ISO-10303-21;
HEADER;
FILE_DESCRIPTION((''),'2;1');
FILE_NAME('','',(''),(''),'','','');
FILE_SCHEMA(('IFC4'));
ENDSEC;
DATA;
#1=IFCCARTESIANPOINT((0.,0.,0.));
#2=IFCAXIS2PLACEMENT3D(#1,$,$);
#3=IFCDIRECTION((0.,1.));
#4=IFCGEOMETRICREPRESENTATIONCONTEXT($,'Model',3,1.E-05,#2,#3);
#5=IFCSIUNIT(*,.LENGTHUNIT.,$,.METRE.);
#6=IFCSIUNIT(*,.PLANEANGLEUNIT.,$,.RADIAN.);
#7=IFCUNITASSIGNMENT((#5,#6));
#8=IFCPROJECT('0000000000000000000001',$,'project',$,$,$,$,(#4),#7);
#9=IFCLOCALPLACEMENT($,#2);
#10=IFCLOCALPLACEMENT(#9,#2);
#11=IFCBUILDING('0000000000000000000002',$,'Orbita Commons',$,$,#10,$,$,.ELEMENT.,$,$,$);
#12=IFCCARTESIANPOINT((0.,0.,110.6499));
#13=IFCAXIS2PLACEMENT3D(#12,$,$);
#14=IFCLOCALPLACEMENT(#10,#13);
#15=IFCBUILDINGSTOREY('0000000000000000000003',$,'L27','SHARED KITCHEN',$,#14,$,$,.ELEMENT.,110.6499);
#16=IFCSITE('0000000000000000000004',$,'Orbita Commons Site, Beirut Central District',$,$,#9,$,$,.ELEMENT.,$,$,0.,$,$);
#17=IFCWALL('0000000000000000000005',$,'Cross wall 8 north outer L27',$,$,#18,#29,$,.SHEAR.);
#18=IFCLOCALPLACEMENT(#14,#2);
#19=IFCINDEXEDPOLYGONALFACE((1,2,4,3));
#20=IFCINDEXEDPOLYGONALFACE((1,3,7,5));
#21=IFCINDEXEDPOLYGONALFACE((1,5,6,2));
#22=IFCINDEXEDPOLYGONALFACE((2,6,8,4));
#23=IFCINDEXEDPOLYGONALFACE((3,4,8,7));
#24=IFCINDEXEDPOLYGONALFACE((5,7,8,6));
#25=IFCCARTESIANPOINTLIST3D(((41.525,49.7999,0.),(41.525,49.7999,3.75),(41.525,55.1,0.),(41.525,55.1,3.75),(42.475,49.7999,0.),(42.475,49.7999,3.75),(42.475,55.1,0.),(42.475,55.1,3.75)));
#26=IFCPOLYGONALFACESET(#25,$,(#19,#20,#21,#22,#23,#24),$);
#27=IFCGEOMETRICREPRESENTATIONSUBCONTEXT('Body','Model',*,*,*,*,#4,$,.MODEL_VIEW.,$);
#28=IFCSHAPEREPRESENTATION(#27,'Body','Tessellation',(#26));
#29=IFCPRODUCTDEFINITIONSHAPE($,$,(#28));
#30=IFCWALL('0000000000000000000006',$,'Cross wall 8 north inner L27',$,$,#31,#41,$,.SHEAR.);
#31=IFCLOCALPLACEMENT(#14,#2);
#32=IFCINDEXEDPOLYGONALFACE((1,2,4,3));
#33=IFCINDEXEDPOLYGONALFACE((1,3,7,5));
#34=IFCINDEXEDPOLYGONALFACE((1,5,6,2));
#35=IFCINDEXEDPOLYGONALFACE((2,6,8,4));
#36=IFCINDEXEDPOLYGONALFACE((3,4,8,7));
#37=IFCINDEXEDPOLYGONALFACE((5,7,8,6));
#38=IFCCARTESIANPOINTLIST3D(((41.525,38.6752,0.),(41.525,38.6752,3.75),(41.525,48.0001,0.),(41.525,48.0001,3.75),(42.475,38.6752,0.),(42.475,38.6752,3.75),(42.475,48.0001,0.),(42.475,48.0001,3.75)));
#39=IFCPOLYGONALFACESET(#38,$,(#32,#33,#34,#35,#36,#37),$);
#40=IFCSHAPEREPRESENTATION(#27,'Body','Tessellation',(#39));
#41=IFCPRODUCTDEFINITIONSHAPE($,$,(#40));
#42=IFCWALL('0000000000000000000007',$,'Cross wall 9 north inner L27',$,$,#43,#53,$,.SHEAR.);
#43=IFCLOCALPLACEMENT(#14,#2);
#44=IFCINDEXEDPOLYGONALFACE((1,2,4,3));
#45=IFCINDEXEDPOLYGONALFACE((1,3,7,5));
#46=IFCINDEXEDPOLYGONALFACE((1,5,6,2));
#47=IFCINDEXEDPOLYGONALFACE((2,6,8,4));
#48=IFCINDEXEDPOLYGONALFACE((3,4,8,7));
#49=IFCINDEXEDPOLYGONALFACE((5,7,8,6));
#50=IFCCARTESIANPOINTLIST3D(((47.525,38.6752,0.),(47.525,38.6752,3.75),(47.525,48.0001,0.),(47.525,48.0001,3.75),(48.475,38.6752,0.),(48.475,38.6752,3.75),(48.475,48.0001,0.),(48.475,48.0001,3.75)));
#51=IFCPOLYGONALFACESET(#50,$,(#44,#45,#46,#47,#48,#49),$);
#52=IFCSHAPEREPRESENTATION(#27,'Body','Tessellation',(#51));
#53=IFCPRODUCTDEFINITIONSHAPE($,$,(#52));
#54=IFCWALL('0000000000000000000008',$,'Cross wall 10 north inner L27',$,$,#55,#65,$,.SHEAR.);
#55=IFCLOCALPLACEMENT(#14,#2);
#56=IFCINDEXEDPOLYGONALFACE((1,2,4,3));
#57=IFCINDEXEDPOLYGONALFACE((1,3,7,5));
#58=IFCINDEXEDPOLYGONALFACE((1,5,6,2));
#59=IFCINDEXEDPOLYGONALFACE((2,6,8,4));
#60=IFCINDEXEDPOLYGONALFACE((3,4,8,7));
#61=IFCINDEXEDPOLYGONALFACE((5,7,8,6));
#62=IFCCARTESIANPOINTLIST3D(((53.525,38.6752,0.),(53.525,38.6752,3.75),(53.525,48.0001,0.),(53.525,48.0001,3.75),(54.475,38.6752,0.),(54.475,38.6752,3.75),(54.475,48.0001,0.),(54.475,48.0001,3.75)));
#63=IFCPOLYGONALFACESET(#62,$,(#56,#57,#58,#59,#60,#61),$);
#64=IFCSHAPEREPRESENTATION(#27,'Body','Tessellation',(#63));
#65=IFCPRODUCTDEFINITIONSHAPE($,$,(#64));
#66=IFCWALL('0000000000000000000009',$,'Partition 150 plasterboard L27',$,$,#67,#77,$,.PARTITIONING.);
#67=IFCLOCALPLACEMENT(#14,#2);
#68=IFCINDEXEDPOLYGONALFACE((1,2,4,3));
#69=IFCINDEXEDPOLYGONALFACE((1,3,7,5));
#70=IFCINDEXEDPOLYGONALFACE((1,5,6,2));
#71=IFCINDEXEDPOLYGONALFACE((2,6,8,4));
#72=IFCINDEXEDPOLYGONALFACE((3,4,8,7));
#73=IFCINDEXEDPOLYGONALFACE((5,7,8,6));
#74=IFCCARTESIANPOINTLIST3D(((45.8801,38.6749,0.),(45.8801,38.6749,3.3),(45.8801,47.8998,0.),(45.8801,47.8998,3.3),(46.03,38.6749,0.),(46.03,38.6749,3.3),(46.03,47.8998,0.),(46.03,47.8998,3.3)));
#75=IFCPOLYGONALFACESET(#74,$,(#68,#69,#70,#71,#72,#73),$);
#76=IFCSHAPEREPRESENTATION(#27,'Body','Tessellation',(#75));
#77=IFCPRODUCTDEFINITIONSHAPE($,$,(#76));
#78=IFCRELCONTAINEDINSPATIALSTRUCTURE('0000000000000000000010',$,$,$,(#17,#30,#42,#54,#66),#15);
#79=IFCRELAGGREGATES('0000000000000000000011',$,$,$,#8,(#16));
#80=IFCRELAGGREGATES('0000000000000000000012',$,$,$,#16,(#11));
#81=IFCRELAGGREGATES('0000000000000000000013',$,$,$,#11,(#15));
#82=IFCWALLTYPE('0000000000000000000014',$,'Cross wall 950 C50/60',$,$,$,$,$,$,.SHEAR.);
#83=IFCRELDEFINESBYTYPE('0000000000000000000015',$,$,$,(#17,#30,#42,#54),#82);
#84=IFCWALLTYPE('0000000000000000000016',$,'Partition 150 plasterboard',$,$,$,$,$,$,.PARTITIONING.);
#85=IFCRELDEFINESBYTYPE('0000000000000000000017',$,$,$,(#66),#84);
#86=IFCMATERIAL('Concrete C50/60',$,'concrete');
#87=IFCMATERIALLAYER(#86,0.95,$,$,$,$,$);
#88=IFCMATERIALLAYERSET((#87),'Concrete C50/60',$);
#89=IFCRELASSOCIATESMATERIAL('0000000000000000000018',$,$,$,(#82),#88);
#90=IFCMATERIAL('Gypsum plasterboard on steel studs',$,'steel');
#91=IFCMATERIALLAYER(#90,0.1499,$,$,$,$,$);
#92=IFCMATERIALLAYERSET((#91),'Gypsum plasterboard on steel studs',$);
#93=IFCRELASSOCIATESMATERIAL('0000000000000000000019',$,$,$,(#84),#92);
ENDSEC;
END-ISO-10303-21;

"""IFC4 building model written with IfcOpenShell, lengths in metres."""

from ifc_helpers import new_model, si_unit, direction, frame, frame_2d, origin, place, context, subcontext, project, spatial, rectangle, extrude, material, layer, layer_set, type_object, element, save


model = new_model("IFC4")

# Units and contexts
model_context = context("Model", 3, precision=1e-05, world=origin(), true_north=direction((0.0, 1.0)))
body_context = subcontext(model_context, "Body", "Model", "MODEL_VIEW")
ifc_project = project(units=[si_unit("LENGTHUNIT", "METRE"), si_unit("PLANEANGLEUNIT", "RADIAN")], contexts=[model_context])

# Site, building, storey
site_placement = place(None, origin())
site = spatial("IfcSite", under=ifc_project, at=site_placement, Name="Orbita Commons Site, Beirut Central District", CompositionType="ELEMENT", RefElevation=0.0)
building_placement = place(site_placement, origin())
building = spatial("IfcBuilding", under=site, at=building_placement, Name="Orbita Commons", CompositionType="ELEMENT")
storey_placement = place(building_placement, frame((0.0, 0.0, 110.6499)))
storey = spatial("IfcBuildingStorey", under=building, at=storey_placement, Name="L27", Description="SHARED KITCHEN", CompositionType="ELEMENT", Elevation=110.6499)

# Walls
ifc_material_1 = material(Name="Concrete C50/60", Category="concrete")
ifc_layer_1 = layer(ifc_material_1, 0.95)
ifc_layer_set_1 = layer_set([ifc_layer_1], Name="Concrete C50/60")
wall_type_1 = type_object("IfcWallType", Name="Cross wall 950 C50/60", PredefinedType="SHEAR", material=ifc_layer_set_1)
wall_1_placement = place(storey_placement, frame((42.0, 49.8, 0.0), z_axis=(0.0, 0.0, 1.0), x_axis=(0.0, 1.0, 0.0)))
element("IfcWall", 1, at=wall_1_placement, inside=storey, type_object=wall_type_1, Name="Cross wall 8 north outer L27", PredefinedType="SHEAR", context=body_context, shape_type="SweptSolid", body=[
    extrude(rectangle(XDim=5.3, YDim=0.95, at=frame_2d((2.6499, 0.0))), origin(), (0.0, 0.0, 1.0), 3.75),
])
for number, where, z_axis, x_axis, name in (
    (2, (42.0, 38.675, 0.0), (0.0, 0.0, 1.0), (0.0, 1.0, 0.0), "Cross wall 8 north inner L27"),
    (3, (48.0, 38.675, 0.0), (0.0, 0.0, 1.0), (0.0, 1.0, 0.0), "Cross wall 9 north inner L27"),
    (4, (54.0, 38.675, 0.0), (0.0, 0.0, 1.0), (0.0, 1.0, 0.0), "Cross wall 10 north inner L27"),
):
    element("IfcWall", number, at=place(storey_placement, frame(where, z_axis=z_axis, x_axis=x_axis)), inside=storey, type_object=wall_type_1, Name=name, PredefinedType="SHEAR", context=body_context, shape_type="SweptSolid", body=[
        extrude(rectangle(XDim=9.325, YDim=0.95, at=frame_2d((4.6626, 0.0))), origin(), (0.0, 0.0, 1.0), 3.75),
    ])
ifc_material_2 = material(Name="Gypsum plasterboard on steel studs", Category="steel")
ifc_layer_2 = layer(ifc_material_2, 0.1499)
ifc_layer_set_2 = layer_set([ifc_layer_2], Name="Gypsum plasterboard on steel studs")
wall_type_2 = type_object("IfcWallType", Name="Partition 150 plasterboard", PredefinedType="PARTITIONING", material=ifc_layer_set_2)
wall_2_placement = place(storey_placement, frame((45.9551, 38.675, 0.0), z_axis=(0.0, 0.0, 1.0), x_axis=(0.0, 1.0, 0.0)))
element("IfcWall", 5, at=wall_2_placement, inside=storey, type_object=wall_type_2, Name="Partition 150 plasterboard L27", PredefinedType="PARTITIONING", context=body_context, shape_type="SweptSolid", body=[
    extrude(rectangle(XDim=9.2249, YDim=0.1499, at=frame_2d((4.6123, 0.0))), origin(), (0.0, 0.0, 1.0), 3.3),
])

save(model, "model.ifc")
